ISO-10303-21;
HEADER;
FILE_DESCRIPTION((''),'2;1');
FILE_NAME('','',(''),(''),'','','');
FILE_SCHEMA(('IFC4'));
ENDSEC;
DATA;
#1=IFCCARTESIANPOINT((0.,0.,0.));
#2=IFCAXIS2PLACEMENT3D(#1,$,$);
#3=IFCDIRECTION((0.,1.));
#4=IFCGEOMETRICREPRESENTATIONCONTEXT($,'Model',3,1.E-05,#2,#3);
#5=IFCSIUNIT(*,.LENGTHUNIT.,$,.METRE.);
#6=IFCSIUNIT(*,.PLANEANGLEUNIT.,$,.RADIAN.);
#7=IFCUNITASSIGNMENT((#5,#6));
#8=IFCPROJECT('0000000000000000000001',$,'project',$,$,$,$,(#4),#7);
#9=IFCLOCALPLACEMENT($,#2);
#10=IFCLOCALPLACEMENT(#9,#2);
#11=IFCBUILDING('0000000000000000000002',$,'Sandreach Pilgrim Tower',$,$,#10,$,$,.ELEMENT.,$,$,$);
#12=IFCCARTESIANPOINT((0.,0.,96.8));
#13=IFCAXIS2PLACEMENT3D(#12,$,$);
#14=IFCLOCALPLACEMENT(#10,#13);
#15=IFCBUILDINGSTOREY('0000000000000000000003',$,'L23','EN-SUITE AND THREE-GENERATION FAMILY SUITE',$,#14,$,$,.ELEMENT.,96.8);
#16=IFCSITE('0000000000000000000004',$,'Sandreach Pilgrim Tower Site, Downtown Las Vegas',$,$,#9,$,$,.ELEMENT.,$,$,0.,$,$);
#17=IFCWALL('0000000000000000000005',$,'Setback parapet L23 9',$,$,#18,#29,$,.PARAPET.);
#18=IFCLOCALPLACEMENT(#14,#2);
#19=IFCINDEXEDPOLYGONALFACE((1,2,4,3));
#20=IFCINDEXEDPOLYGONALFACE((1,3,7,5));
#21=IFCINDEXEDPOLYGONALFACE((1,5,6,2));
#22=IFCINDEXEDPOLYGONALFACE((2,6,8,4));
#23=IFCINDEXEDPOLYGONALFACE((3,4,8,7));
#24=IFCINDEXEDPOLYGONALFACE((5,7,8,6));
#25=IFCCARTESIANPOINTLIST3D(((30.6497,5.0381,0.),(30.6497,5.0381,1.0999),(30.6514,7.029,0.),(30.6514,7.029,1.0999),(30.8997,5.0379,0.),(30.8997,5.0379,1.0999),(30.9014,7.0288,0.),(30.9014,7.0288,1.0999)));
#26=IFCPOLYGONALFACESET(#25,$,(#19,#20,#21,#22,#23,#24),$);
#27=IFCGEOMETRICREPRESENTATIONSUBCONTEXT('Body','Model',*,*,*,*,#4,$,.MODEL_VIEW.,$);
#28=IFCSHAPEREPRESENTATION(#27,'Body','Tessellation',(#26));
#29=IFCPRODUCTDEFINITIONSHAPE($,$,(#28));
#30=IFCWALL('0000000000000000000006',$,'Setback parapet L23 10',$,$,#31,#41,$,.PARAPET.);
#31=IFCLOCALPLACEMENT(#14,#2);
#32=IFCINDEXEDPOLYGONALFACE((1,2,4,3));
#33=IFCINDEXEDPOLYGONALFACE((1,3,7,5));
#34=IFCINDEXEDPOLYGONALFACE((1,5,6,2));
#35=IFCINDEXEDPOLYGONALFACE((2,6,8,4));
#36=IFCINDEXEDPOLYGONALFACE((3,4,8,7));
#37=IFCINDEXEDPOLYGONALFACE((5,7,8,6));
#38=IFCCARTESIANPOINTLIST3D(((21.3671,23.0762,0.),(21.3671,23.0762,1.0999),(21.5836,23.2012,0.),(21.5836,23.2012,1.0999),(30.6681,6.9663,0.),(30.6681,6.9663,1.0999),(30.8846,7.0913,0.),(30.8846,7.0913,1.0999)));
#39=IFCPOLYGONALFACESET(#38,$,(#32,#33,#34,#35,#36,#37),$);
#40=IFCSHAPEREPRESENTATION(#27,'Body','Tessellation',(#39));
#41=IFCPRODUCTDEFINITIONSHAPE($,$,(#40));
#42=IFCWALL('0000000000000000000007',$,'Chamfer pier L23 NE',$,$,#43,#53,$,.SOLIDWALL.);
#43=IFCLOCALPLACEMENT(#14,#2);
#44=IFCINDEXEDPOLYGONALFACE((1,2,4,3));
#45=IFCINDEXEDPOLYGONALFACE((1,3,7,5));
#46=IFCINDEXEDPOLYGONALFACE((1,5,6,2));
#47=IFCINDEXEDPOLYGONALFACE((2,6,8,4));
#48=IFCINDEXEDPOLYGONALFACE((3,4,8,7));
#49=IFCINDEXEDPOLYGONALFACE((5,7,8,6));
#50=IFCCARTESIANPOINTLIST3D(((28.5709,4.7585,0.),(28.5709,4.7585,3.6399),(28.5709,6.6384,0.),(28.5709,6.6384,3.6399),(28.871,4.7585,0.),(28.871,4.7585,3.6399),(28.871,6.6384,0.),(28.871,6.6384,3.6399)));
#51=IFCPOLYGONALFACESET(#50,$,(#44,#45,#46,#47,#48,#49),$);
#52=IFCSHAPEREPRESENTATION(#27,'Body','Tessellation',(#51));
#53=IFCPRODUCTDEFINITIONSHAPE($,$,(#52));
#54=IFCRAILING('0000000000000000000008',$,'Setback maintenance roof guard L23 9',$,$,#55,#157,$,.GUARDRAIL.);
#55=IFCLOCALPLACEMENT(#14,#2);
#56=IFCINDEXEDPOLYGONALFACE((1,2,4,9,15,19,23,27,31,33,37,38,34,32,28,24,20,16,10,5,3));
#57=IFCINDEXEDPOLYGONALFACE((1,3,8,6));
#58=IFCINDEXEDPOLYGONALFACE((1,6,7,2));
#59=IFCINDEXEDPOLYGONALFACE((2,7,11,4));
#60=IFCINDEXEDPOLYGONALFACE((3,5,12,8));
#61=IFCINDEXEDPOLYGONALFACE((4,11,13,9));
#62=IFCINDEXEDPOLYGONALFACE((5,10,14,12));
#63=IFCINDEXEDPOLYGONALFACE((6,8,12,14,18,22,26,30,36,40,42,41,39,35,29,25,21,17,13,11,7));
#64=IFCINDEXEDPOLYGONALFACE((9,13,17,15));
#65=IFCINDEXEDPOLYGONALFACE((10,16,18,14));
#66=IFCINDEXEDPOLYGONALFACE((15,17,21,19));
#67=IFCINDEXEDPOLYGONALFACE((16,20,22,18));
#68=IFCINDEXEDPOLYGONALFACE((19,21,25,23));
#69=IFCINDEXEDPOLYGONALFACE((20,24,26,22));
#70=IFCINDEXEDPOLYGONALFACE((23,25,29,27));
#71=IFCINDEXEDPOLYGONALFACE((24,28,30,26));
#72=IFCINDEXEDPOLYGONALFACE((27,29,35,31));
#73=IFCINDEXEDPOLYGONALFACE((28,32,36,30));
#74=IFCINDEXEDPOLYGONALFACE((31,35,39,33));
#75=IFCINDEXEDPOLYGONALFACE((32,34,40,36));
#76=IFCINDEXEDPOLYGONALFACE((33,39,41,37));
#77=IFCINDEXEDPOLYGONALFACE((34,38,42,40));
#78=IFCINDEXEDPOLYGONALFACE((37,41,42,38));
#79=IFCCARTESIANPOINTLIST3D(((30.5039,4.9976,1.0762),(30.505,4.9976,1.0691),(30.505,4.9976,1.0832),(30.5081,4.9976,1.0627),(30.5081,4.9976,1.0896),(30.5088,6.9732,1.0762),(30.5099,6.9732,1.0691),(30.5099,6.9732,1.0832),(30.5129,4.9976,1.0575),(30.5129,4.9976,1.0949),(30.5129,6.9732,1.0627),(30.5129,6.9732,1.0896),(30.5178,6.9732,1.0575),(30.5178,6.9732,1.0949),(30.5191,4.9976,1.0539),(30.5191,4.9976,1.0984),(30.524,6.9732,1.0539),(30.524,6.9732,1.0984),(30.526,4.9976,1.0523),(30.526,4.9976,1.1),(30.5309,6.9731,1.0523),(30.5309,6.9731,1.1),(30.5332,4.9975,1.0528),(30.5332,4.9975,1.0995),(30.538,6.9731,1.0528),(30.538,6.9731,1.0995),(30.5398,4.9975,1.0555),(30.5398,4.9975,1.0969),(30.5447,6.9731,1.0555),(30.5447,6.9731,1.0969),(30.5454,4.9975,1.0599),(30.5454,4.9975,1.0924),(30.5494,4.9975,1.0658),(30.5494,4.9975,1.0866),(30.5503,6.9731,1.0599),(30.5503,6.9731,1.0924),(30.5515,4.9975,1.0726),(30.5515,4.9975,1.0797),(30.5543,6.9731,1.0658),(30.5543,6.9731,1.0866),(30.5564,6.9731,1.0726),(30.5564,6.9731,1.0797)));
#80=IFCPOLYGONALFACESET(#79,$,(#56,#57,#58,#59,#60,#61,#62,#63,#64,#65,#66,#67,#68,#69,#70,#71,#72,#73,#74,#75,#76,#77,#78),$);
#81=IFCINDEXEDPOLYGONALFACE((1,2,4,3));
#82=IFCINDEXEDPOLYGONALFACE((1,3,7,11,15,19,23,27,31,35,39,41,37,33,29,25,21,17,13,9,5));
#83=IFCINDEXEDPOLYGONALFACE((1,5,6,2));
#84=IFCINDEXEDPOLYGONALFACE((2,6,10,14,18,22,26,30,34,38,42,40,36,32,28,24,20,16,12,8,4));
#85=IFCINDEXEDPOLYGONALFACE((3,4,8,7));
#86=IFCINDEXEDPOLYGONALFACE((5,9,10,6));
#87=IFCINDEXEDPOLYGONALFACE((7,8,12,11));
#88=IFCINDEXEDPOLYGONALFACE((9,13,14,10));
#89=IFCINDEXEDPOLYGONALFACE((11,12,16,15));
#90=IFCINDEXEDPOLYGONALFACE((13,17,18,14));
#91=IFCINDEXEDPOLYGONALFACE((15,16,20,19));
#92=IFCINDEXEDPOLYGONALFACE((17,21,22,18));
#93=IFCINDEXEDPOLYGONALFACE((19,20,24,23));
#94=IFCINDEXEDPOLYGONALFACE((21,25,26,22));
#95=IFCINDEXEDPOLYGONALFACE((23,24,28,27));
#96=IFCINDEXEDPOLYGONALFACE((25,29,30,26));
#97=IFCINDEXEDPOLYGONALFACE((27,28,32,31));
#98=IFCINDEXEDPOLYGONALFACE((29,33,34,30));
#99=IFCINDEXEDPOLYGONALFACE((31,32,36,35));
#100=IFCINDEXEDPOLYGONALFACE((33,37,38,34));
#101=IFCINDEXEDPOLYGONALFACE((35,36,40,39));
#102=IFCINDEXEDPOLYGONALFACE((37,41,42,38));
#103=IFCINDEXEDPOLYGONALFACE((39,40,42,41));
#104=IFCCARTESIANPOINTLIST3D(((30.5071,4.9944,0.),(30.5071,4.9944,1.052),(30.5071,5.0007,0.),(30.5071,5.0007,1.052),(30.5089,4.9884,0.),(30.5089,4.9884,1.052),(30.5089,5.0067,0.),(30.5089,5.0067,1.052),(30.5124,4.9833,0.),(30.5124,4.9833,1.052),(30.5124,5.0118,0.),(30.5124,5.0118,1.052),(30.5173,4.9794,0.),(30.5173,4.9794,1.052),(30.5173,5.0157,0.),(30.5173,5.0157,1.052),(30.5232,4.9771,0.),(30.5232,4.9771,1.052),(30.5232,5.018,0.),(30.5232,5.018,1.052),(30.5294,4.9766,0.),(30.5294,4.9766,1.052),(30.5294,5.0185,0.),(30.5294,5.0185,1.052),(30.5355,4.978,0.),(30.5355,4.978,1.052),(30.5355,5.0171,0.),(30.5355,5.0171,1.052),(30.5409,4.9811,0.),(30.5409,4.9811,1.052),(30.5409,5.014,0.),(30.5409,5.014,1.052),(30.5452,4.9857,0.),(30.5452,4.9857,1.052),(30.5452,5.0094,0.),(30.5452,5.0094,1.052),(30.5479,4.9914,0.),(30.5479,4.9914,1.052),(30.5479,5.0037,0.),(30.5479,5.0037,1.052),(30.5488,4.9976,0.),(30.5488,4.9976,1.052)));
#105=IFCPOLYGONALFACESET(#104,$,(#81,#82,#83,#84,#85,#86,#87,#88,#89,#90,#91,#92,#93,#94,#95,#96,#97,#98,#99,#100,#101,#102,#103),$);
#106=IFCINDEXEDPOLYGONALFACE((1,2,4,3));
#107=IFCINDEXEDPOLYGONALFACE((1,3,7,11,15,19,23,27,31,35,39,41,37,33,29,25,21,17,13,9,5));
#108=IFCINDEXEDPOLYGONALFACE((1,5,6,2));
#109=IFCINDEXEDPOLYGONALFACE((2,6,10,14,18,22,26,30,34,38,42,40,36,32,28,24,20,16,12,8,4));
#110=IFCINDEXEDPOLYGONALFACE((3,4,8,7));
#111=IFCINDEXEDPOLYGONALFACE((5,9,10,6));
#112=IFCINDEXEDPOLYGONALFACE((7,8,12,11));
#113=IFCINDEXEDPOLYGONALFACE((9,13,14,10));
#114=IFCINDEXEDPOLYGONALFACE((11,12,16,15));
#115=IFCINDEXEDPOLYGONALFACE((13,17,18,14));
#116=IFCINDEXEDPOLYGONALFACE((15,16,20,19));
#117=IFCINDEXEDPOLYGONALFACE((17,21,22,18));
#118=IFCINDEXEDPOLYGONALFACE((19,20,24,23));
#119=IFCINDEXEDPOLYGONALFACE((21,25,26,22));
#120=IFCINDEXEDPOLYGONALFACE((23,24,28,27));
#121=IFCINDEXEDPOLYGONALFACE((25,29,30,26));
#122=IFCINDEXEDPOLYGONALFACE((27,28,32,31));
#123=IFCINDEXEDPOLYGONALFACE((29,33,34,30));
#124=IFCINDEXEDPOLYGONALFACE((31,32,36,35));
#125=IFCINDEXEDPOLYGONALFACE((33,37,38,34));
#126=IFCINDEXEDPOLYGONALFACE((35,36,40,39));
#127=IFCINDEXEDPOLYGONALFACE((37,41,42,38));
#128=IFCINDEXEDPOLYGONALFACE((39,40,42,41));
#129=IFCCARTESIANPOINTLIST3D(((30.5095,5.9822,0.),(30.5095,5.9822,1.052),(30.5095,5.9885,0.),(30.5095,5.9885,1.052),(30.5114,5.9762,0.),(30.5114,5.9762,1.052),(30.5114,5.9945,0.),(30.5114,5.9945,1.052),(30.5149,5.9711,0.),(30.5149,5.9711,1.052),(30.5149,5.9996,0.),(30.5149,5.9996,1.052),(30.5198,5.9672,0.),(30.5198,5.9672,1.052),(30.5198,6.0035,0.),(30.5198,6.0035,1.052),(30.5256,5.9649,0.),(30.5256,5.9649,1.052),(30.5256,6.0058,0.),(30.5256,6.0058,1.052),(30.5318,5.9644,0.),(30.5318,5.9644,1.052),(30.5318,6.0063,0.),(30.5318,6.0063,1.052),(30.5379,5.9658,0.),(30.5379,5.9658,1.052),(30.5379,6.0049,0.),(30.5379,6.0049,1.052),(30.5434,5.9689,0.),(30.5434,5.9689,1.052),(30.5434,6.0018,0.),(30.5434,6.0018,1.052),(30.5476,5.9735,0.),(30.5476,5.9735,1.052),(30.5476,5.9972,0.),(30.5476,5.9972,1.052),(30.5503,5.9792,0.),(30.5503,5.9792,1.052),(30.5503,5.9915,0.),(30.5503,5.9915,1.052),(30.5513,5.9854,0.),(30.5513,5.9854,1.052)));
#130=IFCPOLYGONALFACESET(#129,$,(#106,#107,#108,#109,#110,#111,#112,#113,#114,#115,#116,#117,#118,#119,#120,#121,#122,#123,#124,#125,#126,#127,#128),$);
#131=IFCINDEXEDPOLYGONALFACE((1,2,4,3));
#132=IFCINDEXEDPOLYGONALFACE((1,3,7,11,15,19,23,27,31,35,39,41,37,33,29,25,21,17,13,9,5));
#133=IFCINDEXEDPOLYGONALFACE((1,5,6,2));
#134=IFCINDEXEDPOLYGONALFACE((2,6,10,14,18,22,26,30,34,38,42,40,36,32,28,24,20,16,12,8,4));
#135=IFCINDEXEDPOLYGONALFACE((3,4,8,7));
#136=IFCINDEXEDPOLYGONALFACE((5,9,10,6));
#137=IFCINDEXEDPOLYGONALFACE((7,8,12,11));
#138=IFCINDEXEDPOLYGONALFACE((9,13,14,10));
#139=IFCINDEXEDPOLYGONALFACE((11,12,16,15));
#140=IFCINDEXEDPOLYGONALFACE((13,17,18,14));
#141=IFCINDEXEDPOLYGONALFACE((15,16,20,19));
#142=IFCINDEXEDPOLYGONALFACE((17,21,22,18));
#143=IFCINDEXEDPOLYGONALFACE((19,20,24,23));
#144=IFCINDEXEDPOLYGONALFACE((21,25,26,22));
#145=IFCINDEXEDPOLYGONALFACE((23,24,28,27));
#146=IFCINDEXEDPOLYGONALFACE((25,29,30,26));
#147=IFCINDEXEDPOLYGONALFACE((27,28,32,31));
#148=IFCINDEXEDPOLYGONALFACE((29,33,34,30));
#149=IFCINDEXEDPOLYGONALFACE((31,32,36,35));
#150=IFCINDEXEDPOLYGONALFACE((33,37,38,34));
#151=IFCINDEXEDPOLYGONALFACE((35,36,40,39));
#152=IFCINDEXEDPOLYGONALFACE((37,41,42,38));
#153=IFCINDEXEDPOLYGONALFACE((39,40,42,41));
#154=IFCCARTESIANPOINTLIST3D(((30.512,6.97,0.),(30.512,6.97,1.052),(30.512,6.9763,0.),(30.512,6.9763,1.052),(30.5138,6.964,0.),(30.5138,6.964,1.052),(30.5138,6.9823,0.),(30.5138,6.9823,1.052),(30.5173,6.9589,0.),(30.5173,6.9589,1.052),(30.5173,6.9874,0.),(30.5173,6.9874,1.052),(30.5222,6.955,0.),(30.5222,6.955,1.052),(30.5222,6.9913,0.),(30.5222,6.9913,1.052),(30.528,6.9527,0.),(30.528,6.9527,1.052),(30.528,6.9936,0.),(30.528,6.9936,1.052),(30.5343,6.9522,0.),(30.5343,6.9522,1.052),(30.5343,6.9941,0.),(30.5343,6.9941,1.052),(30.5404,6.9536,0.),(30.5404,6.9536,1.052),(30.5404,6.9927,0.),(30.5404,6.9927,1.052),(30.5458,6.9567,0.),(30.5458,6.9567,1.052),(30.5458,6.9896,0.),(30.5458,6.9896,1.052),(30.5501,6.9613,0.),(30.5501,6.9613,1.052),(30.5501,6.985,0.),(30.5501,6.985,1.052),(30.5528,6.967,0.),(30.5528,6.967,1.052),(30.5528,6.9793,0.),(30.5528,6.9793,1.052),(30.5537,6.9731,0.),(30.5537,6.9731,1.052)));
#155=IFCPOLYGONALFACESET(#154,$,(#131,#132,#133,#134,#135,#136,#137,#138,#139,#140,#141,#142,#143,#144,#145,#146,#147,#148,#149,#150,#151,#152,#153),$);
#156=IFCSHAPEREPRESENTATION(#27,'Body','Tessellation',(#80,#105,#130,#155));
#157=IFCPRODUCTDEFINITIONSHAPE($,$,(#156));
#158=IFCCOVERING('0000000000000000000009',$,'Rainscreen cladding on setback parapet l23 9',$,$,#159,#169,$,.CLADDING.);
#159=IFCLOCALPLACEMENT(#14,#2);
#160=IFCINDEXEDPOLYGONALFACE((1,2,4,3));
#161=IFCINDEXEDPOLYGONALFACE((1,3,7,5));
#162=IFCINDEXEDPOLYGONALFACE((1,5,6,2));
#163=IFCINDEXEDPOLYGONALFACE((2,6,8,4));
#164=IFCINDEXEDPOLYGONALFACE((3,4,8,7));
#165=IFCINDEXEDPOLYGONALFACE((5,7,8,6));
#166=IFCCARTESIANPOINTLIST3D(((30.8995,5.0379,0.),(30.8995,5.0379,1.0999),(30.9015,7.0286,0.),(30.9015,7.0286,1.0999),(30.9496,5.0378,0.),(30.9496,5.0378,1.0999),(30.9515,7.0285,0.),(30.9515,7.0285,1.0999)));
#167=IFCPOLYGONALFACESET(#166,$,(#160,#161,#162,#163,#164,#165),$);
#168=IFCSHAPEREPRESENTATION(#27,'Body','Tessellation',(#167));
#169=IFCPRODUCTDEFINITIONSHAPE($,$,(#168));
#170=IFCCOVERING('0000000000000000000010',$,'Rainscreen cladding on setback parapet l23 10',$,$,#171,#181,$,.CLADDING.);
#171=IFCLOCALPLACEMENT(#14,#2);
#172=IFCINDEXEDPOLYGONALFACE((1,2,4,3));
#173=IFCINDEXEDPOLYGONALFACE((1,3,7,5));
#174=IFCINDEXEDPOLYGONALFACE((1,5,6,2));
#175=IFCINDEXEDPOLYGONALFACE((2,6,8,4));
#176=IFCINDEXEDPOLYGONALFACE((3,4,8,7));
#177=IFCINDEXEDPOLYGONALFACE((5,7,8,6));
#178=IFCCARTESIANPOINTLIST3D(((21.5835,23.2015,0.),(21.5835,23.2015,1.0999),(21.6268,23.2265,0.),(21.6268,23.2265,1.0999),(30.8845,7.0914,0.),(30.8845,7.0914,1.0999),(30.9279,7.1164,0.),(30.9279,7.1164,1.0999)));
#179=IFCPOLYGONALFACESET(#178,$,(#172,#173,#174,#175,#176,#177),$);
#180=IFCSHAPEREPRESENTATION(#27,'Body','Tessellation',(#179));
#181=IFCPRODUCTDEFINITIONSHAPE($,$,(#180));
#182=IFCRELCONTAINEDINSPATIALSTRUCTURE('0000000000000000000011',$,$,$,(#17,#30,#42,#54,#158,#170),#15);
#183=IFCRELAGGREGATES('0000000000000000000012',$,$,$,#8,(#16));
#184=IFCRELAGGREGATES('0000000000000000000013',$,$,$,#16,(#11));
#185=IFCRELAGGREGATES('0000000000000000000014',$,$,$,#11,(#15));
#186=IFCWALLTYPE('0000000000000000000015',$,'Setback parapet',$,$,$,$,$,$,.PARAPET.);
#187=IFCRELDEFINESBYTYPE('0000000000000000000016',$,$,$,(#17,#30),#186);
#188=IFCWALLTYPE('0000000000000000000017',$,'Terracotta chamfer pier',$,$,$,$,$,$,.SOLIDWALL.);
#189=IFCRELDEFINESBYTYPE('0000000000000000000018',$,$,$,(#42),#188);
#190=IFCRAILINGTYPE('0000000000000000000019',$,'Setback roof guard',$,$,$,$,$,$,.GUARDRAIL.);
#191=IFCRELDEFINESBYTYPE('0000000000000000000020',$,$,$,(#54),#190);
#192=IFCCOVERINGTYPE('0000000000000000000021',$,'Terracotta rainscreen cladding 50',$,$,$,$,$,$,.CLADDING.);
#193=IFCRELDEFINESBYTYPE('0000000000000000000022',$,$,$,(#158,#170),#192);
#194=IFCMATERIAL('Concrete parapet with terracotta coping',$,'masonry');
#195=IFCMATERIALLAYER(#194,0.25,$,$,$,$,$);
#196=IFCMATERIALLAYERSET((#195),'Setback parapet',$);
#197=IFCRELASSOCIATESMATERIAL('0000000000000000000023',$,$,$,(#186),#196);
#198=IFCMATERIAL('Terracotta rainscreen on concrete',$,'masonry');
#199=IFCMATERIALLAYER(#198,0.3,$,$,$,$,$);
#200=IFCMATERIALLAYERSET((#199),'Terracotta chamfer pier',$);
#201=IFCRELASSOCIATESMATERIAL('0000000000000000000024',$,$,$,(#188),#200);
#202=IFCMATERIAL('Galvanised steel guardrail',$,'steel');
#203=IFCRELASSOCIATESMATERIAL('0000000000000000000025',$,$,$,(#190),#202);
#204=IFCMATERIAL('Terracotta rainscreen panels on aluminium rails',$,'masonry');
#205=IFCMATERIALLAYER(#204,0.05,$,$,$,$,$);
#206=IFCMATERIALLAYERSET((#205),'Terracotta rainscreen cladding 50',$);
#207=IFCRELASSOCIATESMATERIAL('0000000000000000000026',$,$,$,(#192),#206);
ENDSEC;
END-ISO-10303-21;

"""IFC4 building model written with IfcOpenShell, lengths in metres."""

from ifc_helpers import new_model, si_unit, direction, frame, frame_2d, origin, origin_2d, place, context, subcontext, project, spatial, rectangle, circle, extrude, material, layer, layer_set, type_object, element, save


model = new_model("IFC4")

# Units and contexts
model_context = context("Model", 3, precision=1e-05, world=origin(), true_north=direction((0.0, 1.0)))
body_context = subcontext(model_context, "Body", "Model", "MODEL_VIEW")
ifc_project = project(units=[si_unit("LENGTHUNIT", "METRE"), si_unit("PLANEANGLEUNIT", "RADIAN")], contexts=[model_context])

# Site, building, storey
site_placement = place(None, origin())
site = spatial("IfcSite", under=ifc_project, at=site_placement, Name="Sandreach Pilgrim Tower Site, Downtown Las Vegas", CompositionType="ELEMENT", RefElevation=0.0)
building_placement = place(site_placement, origin())
building = spatial("IfcBuilding", under=site, at=building_placement, Name="Sandreach Pilgrim Tower", CompositionType="ELEMENT")
storey_placement = place(building_placement, frame((0.0, 0.0, 96.8)))
storey = spatial("IfcBuildingStorey", under=building, at=storey_placement, Name="L23", Description="EN-SUITE AND THREE-GENERATION FAMILY SUITE", CompositionType="ELEMENT", Elevation=96.8)

# Walls
ifc_material_1 = material(Name="Concrete parapet with terracotta coping", Category="masonry")
ifc_layer_1 = layer(ifc_material_1, 0.25)
ifc_layer_set_1 = layer_set([ifc_layer_1], Name="Setback parapet")
wall_type_1 = type_object("IfcWallType", Name="Setback parapet", PredefinedType="PARAPET", material=ifc_layer_set_1)
wall_1_placement = place(storey_placement, frame((30.7747, 5.0378, 0.0), z_axis=(0.0, 0.0, 1.0), x_axis=(0.000858, 1.0, 0.0)))
element("IfcWall", 1, at=wall_1_placement, inside=storey, type_object=wall_type_1, Name="Setback parapet L23 9", PredefinedType="PARAPET", context=body_context, shape_type="SweptSolid", body=[
    extrude(rectangle(XDim=1.991, YDim=0.25, at=frame_2d((0.9956, 0.0))), origin(), (0.0, 0.0, 1.0), 1.0999),
])
wall_2_placement = place(storey_placement, frame((30.7764, 7.0288, 0.0), z_axis=(0.0, 0.0, 1.0), x_axis=(-0.5, 0.866026, 0.0)))
element("IfcWall", 2, at=wall_2_placement, inside=storey, type_object=wall_type_1, Name="Setback parapet L23 10", PredefinedType="PARAPET", context=body_context, shape_type="SweptSolid", body=[
    extrude(rectangle(XDim=18.6021, YDim=0.25, at=frame_2d((9.301, 0.0))), origin(), (0.0, 0.0, 1.0), 1.0999),
])
ifc_material_2 = material(Name="Terracotta rainscreen on concrete", Category="masonry")
ifc_layer_2 = layer(ifc_material_2, 0.3)
ifc_layer_set_2 = layer_set([ifc_layer_2], Name="Terracotta chamfer pier")
wall_type_2 = type_object("IfcWallType", Name="Terracotta chamfer pier", PredefinedType="SOLIDWALL", material=ifc_layer_set_2)
wall_3_placement = place(storey_placement, frame((28.7209, 6.6384, 0.0), z_axis=(0.0, 0.0, 1.0), x_axis=(0.0, -1.0, 0.0)))
element("IfcWall", 3, at=wall_3_placement, inside=storey, type_object=wall_type_2, Name="Chamfer pier L23 NE", PredefinedType="SOLIDWALL", context=body_context, shape_type="SweptSolid", body=[
    extrude(rectangle(XDim=1.8799, YDim=0.3, at=frame_2d((0.9399, 0.0))), origin(), (0.0, 0.0, 1.0), 3.6399),
])

# Railing
ifc_material_3 = material(Name="Galvanised steel guardrail", Category="steel")
railing_type = type_object("IfcRailingType", Name="Setback roof guard", PredefinedType="GUARDRAIL", material=ifc_material_3)
railing_1_placement = place(storey_placement, frame((30.5278, 4.9976, 0.0)))
element("IfcRailing", 4, at=railing_1_placement, inside=storey, type_object=railing_type, Name="Setback maintenance roof guard L23 9", PredefinedType="GUARDRAIL", context=body_context, shape_type="SweptSolid", body=[
    extrude(circle(Radius=0.0239, at=origin_2d()), frame((0.0, 0.0, 1.0762), z_axis=(0.002472, 0.999997, 0.0), x_axis=(-0.999997, 0.002472, 0.0)), (0.0, 0.0, 1.0), 1.9756),
    extrude(circle(Radius=0.021, at=origin_2d()), origin(), (0.0, 0.0, 1.0), 1.052),
    extrude(circle(Radius=0.021, at=origin_2d()), frame((0.0024, 0.9878, 0.0)), (0.0, 0.0, 1.0), 1.052),
    extrude(circle(Radius=0.021, at=origin_2d()), frame((0.0049, 1.9756, 0.0)), (0.0, 0.0, 1.0), 1.052),
])

# Coverings
ifc_material_4 = material(Name="Terracotta rainscreen panels on aluminium rails", Category="masonry")
ifc_layer_3 = layer(ifc_material_4, 0.05)
ifc_layer_set_3 = layer_set([ifc_layer_3], Name="Terracotta rainscreen cladding 50")
covering_type = type_object("IfcCoveringType", Name="Terracotta rainscreen cladding 50", PredefinedType="CLADDING", material=ifc_layer_set_3)
covering_1_placement = place(storey_placement, frame((30.9246, 5.0378, 0.0), z_axis=(0.0, 0.0, 1.0), x_axis=(0.000981, 1.0, 0.0)))
element("IfcCovering", 5, at=covering_1_placement, inside=storey, type_object=covering_type, Name="Rainscreen cladding on setback parapet l23 9", PredefinedType="CLADDING", context=body_context, shape_type="SweptSolid", body=[
    extrude(rectangle(XDim=1.9907, YDim=0.05, at=frame_2d((0.9954, 0.0))), origin(), (0.0, 0.0, 1.0), 1.0999),
])
covering_2_placement = place(storey_placement, frame((30.9062, 7.1038, 0.0), z_axis=(0.0, 0.0, 1.0), x_axis=(-0.499994, 0.866029, 0.0)))
element("IfcCovering", 6, at=covering_2_placement, inside=storey, type_object=covering_type, Name="Rainscreen cladding on setback parapet l23 10", PredefinedType="CLADDING", context=body_context, shape_type="SweptSolid", body=[
    extrude(rectangle(XDim=18.6023, YDim=0.05, at=frame_2d((9.3013, 0.0))), origin(), (0.0, 0.0, 1.0), 1.0999),
])

save(model, "model.ifc")
